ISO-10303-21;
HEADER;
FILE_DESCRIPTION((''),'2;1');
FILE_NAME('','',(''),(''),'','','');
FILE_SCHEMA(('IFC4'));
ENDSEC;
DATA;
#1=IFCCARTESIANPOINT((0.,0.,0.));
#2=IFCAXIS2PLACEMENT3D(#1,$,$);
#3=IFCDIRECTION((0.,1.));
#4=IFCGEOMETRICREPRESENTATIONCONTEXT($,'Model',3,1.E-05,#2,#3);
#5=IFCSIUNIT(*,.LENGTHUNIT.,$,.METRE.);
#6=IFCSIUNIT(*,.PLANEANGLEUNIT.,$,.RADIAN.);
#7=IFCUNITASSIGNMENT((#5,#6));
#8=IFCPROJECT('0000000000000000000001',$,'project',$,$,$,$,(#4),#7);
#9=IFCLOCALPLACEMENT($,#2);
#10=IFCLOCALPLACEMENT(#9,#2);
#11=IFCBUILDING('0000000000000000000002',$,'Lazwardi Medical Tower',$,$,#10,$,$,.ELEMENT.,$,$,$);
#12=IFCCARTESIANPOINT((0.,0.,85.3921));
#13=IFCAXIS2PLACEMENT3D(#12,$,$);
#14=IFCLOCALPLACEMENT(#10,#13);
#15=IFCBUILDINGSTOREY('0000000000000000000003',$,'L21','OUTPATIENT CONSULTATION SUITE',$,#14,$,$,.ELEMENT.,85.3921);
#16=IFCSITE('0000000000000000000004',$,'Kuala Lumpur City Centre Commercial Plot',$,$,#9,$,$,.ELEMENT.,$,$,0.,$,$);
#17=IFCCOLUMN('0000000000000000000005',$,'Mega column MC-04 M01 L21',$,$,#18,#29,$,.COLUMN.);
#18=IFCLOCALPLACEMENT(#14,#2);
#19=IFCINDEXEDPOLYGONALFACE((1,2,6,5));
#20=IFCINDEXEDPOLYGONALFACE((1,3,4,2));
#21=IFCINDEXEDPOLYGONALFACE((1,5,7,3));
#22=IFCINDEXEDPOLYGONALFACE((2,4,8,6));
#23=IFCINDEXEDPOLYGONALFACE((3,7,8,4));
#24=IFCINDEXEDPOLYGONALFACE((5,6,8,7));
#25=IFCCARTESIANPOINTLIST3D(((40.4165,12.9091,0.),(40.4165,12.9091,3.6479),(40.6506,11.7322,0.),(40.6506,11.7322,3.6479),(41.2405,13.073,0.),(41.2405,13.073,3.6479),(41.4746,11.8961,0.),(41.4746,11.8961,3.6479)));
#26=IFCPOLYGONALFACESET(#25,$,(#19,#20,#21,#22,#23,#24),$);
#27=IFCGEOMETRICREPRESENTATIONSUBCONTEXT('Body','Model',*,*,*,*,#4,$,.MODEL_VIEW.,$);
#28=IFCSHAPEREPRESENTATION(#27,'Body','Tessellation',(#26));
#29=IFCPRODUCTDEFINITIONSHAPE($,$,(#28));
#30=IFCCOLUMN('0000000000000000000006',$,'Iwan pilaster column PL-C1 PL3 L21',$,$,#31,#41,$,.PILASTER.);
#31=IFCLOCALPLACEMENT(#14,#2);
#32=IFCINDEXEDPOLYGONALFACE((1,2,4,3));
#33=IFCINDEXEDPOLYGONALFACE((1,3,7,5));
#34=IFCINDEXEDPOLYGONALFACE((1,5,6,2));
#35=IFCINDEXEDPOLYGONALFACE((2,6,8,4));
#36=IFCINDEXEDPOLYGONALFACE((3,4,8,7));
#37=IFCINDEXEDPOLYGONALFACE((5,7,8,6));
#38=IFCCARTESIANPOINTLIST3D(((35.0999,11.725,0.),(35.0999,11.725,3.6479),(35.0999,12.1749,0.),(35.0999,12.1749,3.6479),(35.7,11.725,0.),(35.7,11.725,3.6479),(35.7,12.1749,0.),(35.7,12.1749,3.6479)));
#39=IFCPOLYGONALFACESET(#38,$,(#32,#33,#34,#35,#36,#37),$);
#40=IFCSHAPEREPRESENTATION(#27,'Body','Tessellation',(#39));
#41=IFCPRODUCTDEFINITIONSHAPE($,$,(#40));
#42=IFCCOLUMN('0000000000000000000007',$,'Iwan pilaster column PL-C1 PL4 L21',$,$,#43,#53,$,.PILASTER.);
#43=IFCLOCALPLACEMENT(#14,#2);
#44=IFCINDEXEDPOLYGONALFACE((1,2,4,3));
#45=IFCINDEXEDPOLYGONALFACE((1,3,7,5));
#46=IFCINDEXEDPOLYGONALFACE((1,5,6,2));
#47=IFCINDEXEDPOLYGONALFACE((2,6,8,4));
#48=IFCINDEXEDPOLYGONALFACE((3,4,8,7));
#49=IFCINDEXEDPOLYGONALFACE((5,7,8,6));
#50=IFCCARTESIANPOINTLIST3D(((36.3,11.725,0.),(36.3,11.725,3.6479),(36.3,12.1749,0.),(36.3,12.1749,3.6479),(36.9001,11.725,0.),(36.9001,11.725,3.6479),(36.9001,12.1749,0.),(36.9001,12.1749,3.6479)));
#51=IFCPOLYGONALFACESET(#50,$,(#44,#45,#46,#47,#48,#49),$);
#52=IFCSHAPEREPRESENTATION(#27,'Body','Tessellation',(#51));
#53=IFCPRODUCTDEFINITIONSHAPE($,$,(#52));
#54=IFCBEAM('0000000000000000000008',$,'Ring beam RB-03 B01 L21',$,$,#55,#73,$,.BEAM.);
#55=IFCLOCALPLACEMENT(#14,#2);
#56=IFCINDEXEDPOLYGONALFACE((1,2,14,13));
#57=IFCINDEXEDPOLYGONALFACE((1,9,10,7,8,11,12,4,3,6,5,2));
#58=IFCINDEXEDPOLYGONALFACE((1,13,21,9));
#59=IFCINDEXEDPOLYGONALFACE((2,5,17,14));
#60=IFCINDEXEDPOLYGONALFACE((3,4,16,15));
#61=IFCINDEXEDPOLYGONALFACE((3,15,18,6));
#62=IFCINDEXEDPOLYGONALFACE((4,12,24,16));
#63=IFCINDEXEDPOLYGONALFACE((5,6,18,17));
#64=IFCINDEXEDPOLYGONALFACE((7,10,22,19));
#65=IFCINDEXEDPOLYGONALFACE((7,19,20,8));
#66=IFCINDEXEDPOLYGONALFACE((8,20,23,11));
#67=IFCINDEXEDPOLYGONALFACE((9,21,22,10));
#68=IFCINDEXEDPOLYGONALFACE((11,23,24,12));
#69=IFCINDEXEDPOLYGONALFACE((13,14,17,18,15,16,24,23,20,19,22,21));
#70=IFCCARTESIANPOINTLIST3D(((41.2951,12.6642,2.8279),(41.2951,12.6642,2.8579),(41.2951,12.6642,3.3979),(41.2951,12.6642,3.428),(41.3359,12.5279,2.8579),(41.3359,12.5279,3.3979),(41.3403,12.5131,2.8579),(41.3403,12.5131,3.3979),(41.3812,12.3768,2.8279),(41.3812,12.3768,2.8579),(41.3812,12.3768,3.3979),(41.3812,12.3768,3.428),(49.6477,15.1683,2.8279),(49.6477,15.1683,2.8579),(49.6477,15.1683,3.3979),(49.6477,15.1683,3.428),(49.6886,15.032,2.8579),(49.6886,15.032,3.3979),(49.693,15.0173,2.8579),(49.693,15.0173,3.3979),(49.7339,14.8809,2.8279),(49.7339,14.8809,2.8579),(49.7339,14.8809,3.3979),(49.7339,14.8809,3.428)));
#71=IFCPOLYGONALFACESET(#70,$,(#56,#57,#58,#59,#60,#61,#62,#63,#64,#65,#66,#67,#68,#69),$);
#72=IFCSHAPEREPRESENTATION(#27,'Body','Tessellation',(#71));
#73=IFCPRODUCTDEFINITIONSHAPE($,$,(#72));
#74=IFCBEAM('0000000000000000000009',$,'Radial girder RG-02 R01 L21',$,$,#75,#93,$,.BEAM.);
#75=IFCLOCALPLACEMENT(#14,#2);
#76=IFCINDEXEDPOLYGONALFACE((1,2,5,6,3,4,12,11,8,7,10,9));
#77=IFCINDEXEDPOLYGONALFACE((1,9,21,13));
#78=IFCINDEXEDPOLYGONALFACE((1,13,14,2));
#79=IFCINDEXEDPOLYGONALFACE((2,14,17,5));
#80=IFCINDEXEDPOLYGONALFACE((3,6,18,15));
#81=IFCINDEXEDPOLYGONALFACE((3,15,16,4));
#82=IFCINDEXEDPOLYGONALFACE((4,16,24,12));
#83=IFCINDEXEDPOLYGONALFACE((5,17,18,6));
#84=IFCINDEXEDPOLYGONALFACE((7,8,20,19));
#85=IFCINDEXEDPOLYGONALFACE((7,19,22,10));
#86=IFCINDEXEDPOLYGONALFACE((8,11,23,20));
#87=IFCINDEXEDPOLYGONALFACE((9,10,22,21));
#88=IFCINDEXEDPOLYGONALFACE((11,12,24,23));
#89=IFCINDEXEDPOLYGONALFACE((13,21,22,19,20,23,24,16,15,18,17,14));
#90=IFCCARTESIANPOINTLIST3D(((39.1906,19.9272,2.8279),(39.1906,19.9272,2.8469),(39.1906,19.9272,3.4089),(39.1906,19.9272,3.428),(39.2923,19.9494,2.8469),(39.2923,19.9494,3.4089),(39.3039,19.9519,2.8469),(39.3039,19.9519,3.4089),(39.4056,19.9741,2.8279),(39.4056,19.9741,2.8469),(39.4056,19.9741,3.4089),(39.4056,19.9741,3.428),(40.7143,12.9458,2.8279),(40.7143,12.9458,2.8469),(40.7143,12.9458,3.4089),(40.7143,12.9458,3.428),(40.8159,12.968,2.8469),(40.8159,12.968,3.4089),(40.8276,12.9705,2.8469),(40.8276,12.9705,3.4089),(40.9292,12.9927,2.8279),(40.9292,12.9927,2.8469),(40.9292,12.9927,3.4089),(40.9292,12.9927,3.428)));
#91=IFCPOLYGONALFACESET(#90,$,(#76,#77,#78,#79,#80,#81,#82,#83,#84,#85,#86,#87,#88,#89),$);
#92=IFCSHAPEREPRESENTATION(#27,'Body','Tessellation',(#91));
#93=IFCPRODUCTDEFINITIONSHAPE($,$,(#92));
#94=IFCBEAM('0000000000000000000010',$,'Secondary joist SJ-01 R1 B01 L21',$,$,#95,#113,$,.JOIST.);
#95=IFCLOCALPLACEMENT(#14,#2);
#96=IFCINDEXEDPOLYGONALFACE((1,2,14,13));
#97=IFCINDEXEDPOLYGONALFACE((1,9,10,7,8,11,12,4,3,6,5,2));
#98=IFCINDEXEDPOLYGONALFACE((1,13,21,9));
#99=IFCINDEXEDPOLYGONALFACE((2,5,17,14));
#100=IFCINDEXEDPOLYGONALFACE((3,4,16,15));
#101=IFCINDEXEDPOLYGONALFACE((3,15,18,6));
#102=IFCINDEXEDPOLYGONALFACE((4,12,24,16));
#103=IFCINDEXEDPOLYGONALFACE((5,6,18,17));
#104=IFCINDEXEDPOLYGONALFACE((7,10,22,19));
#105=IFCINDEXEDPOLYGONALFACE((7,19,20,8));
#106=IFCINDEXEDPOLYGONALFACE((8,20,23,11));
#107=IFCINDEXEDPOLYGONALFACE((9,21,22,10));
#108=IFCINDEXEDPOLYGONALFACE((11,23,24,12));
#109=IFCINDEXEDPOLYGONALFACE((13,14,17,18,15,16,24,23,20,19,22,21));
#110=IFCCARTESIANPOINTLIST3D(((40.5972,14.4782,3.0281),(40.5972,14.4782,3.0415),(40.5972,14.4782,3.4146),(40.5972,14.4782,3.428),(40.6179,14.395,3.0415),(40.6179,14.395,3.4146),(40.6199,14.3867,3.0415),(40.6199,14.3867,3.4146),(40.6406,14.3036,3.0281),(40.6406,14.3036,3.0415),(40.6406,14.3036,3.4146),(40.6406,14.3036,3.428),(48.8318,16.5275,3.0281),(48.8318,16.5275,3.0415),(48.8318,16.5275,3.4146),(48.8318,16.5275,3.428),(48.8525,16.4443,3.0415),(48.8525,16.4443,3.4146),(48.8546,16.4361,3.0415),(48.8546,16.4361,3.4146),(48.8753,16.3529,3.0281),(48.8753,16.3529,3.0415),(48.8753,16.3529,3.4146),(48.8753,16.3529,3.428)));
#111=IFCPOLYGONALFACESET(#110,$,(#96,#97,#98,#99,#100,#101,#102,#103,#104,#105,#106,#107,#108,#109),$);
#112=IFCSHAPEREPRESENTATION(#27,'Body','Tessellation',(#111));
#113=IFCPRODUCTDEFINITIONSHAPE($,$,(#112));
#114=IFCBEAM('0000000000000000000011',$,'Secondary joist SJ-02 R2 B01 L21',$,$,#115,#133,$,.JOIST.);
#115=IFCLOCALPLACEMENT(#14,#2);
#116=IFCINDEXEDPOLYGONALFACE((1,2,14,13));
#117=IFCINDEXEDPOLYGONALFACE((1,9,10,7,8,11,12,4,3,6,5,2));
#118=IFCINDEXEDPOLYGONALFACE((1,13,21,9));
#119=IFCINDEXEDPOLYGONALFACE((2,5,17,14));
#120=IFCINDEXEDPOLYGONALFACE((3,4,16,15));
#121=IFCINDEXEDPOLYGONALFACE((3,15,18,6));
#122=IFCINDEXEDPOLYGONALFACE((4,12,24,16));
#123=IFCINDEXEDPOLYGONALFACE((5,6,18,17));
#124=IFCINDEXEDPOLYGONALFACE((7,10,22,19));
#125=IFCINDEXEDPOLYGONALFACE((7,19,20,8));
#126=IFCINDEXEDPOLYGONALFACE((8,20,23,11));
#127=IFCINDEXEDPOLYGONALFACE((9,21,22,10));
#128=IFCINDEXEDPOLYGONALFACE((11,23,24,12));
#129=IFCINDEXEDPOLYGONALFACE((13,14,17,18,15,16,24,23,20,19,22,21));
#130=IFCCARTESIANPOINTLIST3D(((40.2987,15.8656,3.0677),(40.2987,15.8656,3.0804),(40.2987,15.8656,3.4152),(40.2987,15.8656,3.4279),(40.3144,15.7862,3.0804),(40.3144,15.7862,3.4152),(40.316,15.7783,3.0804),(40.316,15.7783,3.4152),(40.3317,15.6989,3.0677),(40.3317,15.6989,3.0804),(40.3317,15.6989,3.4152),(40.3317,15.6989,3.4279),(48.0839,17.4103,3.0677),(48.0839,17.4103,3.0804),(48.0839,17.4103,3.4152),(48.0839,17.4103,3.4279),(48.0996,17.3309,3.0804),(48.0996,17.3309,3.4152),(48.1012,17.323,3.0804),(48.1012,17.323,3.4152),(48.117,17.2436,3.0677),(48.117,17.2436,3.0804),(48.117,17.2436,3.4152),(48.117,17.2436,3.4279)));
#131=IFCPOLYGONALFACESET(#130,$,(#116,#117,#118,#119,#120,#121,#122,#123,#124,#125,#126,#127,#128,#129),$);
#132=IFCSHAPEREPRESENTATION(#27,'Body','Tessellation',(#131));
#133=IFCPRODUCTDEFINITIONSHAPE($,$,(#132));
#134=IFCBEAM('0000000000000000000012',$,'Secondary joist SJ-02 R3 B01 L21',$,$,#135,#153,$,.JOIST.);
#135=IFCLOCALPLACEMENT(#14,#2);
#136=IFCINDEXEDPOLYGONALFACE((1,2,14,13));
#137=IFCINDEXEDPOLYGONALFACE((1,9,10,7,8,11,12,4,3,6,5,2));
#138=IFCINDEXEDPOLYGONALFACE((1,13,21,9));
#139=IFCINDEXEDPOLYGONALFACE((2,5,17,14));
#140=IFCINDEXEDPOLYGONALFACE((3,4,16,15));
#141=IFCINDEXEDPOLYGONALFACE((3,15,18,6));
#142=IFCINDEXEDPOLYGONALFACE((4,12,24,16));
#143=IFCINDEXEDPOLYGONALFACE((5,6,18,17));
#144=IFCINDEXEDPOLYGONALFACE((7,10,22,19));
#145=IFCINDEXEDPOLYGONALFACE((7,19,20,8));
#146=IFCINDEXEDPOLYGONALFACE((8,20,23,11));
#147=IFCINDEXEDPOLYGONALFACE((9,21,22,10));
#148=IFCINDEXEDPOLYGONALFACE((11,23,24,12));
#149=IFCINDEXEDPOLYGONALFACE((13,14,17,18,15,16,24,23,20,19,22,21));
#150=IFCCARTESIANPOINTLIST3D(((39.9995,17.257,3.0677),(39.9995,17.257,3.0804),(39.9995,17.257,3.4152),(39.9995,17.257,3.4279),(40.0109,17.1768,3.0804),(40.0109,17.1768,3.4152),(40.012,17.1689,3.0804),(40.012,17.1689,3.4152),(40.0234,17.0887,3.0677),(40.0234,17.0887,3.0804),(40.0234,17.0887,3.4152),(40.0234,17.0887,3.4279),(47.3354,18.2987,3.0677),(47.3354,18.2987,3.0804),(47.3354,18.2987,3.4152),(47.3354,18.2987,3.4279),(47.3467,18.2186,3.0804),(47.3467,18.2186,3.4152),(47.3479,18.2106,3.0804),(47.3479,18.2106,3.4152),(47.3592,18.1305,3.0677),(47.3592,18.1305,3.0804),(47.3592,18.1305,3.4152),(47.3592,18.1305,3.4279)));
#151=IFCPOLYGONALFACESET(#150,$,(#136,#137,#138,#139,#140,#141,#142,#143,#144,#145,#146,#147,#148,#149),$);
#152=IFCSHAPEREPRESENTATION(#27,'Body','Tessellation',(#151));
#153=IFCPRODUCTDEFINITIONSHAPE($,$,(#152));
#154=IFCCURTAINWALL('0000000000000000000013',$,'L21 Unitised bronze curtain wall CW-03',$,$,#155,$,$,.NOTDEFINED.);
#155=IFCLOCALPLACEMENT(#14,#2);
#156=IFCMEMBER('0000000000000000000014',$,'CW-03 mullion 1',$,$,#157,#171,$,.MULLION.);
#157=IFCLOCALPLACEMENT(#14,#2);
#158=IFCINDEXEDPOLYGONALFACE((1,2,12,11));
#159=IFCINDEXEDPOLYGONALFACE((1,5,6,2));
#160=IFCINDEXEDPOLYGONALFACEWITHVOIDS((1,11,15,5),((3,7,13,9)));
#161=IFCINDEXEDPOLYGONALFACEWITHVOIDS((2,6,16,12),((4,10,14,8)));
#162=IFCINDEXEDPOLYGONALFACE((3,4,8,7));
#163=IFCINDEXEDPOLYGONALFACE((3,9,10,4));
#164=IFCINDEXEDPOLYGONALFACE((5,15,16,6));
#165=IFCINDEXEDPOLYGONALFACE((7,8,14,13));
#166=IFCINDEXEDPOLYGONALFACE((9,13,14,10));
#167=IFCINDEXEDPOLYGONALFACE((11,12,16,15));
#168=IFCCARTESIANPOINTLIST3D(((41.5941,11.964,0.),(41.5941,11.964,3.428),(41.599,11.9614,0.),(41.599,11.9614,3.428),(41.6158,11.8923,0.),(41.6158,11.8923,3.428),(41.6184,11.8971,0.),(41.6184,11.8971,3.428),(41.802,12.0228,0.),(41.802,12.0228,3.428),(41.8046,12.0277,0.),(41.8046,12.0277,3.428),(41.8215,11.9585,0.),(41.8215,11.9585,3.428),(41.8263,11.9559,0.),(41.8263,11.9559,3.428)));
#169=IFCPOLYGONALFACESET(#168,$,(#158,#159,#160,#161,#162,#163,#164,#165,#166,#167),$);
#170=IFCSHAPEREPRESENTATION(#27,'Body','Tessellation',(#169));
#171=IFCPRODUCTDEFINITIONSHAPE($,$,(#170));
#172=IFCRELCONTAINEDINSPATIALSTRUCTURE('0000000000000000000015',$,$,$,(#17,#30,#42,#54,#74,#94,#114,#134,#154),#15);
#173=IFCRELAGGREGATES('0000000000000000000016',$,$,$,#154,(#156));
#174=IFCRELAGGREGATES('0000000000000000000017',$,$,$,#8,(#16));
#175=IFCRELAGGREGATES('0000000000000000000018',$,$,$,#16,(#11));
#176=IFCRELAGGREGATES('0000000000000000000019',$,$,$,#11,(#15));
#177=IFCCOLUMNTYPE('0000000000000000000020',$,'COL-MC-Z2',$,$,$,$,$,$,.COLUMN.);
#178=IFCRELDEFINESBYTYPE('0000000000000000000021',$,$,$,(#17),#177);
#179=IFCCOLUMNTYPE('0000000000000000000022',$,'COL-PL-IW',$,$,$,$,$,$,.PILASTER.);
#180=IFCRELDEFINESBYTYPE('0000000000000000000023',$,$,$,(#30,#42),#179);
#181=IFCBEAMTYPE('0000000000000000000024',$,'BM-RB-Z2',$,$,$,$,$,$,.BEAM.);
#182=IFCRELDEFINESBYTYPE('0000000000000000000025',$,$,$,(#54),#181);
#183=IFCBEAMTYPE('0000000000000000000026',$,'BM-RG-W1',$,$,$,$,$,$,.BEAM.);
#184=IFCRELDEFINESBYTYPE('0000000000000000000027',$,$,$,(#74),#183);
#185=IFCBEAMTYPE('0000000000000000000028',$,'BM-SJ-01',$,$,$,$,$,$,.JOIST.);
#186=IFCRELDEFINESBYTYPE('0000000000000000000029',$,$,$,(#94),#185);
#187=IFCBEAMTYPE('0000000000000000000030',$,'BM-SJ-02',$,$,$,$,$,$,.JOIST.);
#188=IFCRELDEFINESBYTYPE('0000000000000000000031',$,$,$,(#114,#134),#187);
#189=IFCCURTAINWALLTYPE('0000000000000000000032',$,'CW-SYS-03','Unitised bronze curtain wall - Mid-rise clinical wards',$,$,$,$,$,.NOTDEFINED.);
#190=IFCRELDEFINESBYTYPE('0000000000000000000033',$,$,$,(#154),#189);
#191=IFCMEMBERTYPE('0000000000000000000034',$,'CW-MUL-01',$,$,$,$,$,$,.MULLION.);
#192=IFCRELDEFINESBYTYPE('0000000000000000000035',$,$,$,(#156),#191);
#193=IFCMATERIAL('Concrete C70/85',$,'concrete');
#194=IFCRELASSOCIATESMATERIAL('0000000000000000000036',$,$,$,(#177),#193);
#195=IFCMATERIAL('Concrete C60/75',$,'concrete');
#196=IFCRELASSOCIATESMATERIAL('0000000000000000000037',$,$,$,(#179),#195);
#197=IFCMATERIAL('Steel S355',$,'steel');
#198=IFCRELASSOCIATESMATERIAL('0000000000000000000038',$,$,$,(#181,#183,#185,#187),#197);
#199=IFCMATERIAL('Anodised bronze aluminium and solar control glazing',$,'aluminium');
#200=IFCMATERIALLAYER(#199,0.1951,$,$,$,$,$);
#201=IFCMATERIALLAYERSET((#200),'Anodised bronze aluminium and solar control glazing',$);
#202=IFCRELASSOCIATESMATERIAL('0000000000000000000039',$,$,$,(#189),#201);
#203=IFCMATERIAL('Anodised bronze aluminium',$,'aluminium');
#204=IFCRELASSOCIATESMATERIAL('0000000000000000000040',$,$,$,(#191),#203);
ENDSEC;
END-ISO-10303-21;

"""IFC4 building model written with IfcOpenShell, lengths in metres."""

from ifc_helpers import new_model, si_unit, direction, frame, origin, origin_2d, place, context, subcontext, project, spatial, rectangle, hollow_rectangle, i_section, extrude, material, layer, layer_set, material_profile, profile_set, type_object, element, aggregate, save


model = new_model("IFC4")

# Units and contexts
model_context = context("Model", 3, precision=1e-05, world=origin(), true_north=direction((0.0, 1.0)))
body_context = subcontext(model_context, "Body", "Model", "MODEL_VIEW")
ifc_project = project(units=[si_unit("LENGTHUNIT", "METRE"), si_unit("PLANEANGLEUNIT", "RADIAN")], contexts=[model_context])

# Site, building, storey
site_placement = place(None, origin())
site = spatial("IfcSite", under=ifc_project, at=site_placement, Name="Kuala Lumpur City Centre Commercial Plot", CompositionType="ELEMENT", RefElevation=0.0)
building_placement = place(site_placement, origin())
building = spatial("IfcBuilding", under=site, at=building_placement, Name="Lazwardi Medical Tower", CompositionType="ELEMENT")
storey_placement = place(building_placement, frame((0.0, 0.0, 85.3921)))
storey = spatial("IfcBuildingStorey", under=building, at=storey_placement, Name="L21", Description="OUTPATIENT CONSULTATION SUITE", CompositionType="ELEMENT", Elevation=85.3921)

# Columns
ifc_material_1 = material(Name="Concrete C70/85", Category="concrete")
ifc_material_profile_1 = material_profile(ifc_material_1, rectangle(XDim=1.2, YDim=0.8401, at=origin_2d()), Name="CFT-RECT 1200x840")
ifc_profile_set_1 = profile_set([ifc_material_profile_1], Name="Concrete C70/85")
column_type_1 = type_object("IfcColumnType", Name="COL-MC-Z2", PredefinedType="COLUMN", material=ifc_profile_set_1)
column_placement = place(storey_placement, frame((40.9456, 12.4026, 0.0), z_axis=(0.0, 0.0, 1.0), x_axis=(0.19509, -0.980785, 0.0)))
element("IfcColumn", 1, at=column_placement, inside=storey, type_object=column_type_1, Name="Mega column MC-04 M01 L21", PredefinedType="COLUMN", context=body_context, shape_type="SweptSolid", body=[
    extrude(rectangle(XDim=1.2, YDim=0.8401, at=origin_2d()), origin(), (0.0, 0.0, 1.0), 3.6479),
])
ifc_material_2 = material(Name="Concrete C60/75", Category="concrete")
ifc_material_profile_2 = material_profile(ifc_material_2, rectangle(XDim=0.6001, YDim=0.45, at=origin_2d()), Name="RC 600x450")
ifc_profile_set_2 = profile_set([ifc_material_profile_2], Name="Concrete C60/75")
column_type_2 = type_object("IfcColumnType", Name="COL-PL-IW", PredefinedType="PILASTER", material=ifc_profile_set_2)
for number, where, z_axis, x_axis, name in (
    (2, (35.3999, 11.95, 0.0), (0.0, 0.0, 1.0), (1.0, 0.0, 0.0), "Iwan pilaster column PL-C1 PL3 L21"),
    (3, (36.6001, 11.95, 0.0), (0.0, 0.0, 1.0), (1.0, 0.0, 0.0), "Iwan pilaster column PL-C1 PL4 L21"),
):
    element("IfcColumn", number, at=place(storey_placement, frame(where, z_axis=z_axis, x_axis=x_axis)), inside=storey, type_object=column_type_2, Name=name, PredefinedType="PILASTER", context=body_context, shape_type="SweptSolid", body=[
        extrude(rectangle(XDim=0.6001, YDim=0.45, at=origin_2d()), origin(), (0.0, 0.0, 1.0), 3.6479),
    ])

# Beams
ifc_material_3 = material(Name="Steel S355", Category="steel")
ifc_material_profile_3 = material_profile(ifc_material_3, i_section(OverallWidth=0.3, OverallDepth=0.6001, WebThickness=0.0154, FlangeThickness=0.03, at=origin_2d()), Name="HEB 600")
ifc_profile_set_3 = profile_set([ifc_material_profile_3], Name="Steel S355")
beam_type_1 = type_object("IfcBeamType", Name="BM-RB-Z2", PredefinedType="BEAM", material=ifc_profile_set_3)
beam_1_placement = place(storey_placement, frame((41.3381, 12.5205, 3.1279), z_axis=(0.957879, 0.287171, 0.0), x_axis=(-0.287171, 0.957879, 0.0)))
element("IfcBeam", 4, at=beam_1_placement, inside=storey, type_object=beam_type_1, Name="Ring beam RB-03 B01 L21", PredefinedType="BEAM", context=body_context, shape_type="SweptSolid", body=[
    extrude(i_section(OverallWidth=0.3, OverallDepth=0.6001, WebThickness=0.0154, FlangeThickness=0.03, at=origin_2d()), origin(), (0.0, 0.0, 1.0), 8.72),
])
ifc_material_profile_4 = material_profile(ifc_material_3, i_section(OverallWidth=0.22, OverallDepth=0.6001, WebThickness=0.012, FlangeThickness=0.019, at=origin_2d()), Name="IPE 600")
ifc_profile_set_4 = profile_set([ifc_material_profile_4], Name="Steel S355")
beam_type_2 = type_object("IfcBeamType", Name="BM-RG-W1", PredefinedType="BEAM", material=ifc_profile_set_4)
beam_2_placement = place(storey_placement, frame((40.8218, 12.9692, 3.1279), z_axis=(-0.213228, 0.977002, 0.0), x_axis=(-0.977002, -0.213228, 0.0)))
element("IfcBeam", 5, at=beam_2_placement, inside=storey, type_object=beam_type_2, Name="Radial girder RG-02 R01 L21", PredefinedType="BEAM", context=body_context, shape_type="SweptSolid", body=[
    extrude(i_section(OverallWidth=0.22, OverallDepth=0.6001, WebThickness=0.012, FlangeThickness=0.019, at=origin_2d()), origin(), (0.0, 0.0, 1.0), 7.1458),
])
ifc_material_profile_5 = material_profile(ifc_material_3, i_section(OverallWidth=0.1799, OverallDepth=0.3999, WebThickness=0.0085, FlangeThickness=0.0134, at=origin_2d()), Name="IPE 400")
ifc_profile_set_5 = profile_set([ifc_material_profile_5], Name="Steel S355")
beam_type_3 = type_object("IfcBeamType", Name="BM-SJ-01", PredefinedType="JOIST", material=ifc_profile_set_5)
beam_3_placement = place(storey_placement, frame((40.6189, 14.3909, 3.228), z_axis=(0.970401, 0.2415, 0.0), x_axis=(-0.2415, 0.970401, 0.0)))
element("IfcBeam", 6, at=beam_3_placement, inside=storey, type_object=beam_type_3, Name="Secondary joist SJ-01 R1 B01 L21", PredefinedType="JOIST", context=body_context, shape_type="SweptSolid", body=[
    extrude(i_section(OverallWidth=0.1799, OverallDepth=0.3999, WebThickness=0.0085, FlangeThickness=0.0134, at=origin_2d()), origin(), (0.0, 0.0, 1.0), 8.4858),
])
ifc_material_profile_6 = material_profile(ifc_material_3, i_section(OverallWidth=0.1699, OverallDepth=0.3601, WebThickness=0.0081, FlangeThickness=0.0127, at=origin_2d()), Name="IPE 360")
ifc_profile_set_6 = profile_set([ifc_material_profile_6], Name="Steel S355")
beam_type_4 = type_object("IfcBeamType", Name="BM-SJ-02", PredefinedType="JOIST", material=ifc_profile_set_6)
beam_4_placement = place(storey_placement, frame((40.3152, 15.7822, 3.2478), z_axis=(0.980879, 0.194619, 0.0), x_axis=(-0.194619, 0.980879, 0.0)))
element("IfcBeam", 7, at=beam_4_placement, inside=storey, type_object=beam_type_4, Name="Secondary joist SJ-02 R2 B01 L21", PredefinedType="JOIST", context=body_context, shape_type="SweptSolid", body=[
    extrude(i_section(OverallWidth=0.1699, OverallDepth=0.3601, WebThickness=0.0081, FlangeThickness=0.0127, at=origin_2d()), origin(), (0.0, 0.0, 1.0), 7.937),
])
beam_5_placement = place(storey_placement, frame((40.0115, 17.1729, 3.2478), z_axis=(0.990067, 0.140596, 0.0), x_axis=(-0.140596, 0.990067, 0.0)))
element("IfcBeam", 8, at=beam_5_placement, inside=storey, type_object=beam_type_4, Name="Secondary joist SJ-02 R3 B01 L21", PredefinedType="JOIST", context=body_context, shape_type="SweptSolid", body=[
    extrude(i_section(OverallWidth=0.1699, OverallDepth=0.3601, WebThickness=0.0081, FlangeThickness=0.0127, at=origin_2d()), origin(), (0.0, 0.0, 1.0), 7.4094),
])

# Curtain wall, member
ifc_material_4 = material(Name="Anodised bronze aluminium and solar control glazing", Category="aluminium")
ifc_layer_1 = layer(ifc_material_4, 0.1951)
ifc_layer_set_1 = layer_set([ifc_layer_1], Name="Anodised bronze aluminium and solar control glazing")
curtain_wall_type = type_object("IfcCurtainWallType", Name="CW-SYS-03", Description="Unitised bronze curtain wall - Mid-rise clinical wards", PredefinedType="NOTDEFINED", material=ifc_layer_set_1)
curtain_wall_placement = place(storey_placement, origin())
curtain_wall = element("IfcCurtainWall", 9, at=curtain_wall_placement, inside=storey, type_object=curtain_wall_type, Name="L21 Unitised bronze curtain wall CW-03", PredefinedType="NOTDEFINED")
ifc_material_5 = material(Name="Anodised bronze aluminium", Category="aluminium")
ifc_material_profile_7 = material_profile(ifc_material_5, hollow_rectangle(XDim=0.075, YDim=0.22, WallThickness=0.0039, at=origin_2d()), Name="ALU-MULLION 220x75x4")
ifc_profile_set_7 = profile_set([ifc_material_profile_7], Name="Anodised bronze aluminium")
member_type_1 = type_object("IfcMemberType", Name="CW-MUL-01", PredefinedType="MULLION", material=ifc_profile_set_7)
member_1_placement = place(storey_placement, frame((41.7102, 11.96, 0.0), z_axis=(0.0, 0.0, 1.0), x_axis=(-0.289374, 0.957216, 0.0)))
member_1 = element("IfcMember", 10, at=member_1_placement, type_object=member_type_1, Name="CW-03 mullion 1", PredefinedType="MULLION", context=body_context, shape_type="SweptSolid", body=[
    extrude(hollow_rectangle(XDim=0.075, YDim=0.22, WallThickness=0.0039, at=origin_2d()), origin(), (0.0, 0.0, 1.0), 3.428),
])
aggregate(curtain_wall, [member_1])

save(model, "model.ifc")
